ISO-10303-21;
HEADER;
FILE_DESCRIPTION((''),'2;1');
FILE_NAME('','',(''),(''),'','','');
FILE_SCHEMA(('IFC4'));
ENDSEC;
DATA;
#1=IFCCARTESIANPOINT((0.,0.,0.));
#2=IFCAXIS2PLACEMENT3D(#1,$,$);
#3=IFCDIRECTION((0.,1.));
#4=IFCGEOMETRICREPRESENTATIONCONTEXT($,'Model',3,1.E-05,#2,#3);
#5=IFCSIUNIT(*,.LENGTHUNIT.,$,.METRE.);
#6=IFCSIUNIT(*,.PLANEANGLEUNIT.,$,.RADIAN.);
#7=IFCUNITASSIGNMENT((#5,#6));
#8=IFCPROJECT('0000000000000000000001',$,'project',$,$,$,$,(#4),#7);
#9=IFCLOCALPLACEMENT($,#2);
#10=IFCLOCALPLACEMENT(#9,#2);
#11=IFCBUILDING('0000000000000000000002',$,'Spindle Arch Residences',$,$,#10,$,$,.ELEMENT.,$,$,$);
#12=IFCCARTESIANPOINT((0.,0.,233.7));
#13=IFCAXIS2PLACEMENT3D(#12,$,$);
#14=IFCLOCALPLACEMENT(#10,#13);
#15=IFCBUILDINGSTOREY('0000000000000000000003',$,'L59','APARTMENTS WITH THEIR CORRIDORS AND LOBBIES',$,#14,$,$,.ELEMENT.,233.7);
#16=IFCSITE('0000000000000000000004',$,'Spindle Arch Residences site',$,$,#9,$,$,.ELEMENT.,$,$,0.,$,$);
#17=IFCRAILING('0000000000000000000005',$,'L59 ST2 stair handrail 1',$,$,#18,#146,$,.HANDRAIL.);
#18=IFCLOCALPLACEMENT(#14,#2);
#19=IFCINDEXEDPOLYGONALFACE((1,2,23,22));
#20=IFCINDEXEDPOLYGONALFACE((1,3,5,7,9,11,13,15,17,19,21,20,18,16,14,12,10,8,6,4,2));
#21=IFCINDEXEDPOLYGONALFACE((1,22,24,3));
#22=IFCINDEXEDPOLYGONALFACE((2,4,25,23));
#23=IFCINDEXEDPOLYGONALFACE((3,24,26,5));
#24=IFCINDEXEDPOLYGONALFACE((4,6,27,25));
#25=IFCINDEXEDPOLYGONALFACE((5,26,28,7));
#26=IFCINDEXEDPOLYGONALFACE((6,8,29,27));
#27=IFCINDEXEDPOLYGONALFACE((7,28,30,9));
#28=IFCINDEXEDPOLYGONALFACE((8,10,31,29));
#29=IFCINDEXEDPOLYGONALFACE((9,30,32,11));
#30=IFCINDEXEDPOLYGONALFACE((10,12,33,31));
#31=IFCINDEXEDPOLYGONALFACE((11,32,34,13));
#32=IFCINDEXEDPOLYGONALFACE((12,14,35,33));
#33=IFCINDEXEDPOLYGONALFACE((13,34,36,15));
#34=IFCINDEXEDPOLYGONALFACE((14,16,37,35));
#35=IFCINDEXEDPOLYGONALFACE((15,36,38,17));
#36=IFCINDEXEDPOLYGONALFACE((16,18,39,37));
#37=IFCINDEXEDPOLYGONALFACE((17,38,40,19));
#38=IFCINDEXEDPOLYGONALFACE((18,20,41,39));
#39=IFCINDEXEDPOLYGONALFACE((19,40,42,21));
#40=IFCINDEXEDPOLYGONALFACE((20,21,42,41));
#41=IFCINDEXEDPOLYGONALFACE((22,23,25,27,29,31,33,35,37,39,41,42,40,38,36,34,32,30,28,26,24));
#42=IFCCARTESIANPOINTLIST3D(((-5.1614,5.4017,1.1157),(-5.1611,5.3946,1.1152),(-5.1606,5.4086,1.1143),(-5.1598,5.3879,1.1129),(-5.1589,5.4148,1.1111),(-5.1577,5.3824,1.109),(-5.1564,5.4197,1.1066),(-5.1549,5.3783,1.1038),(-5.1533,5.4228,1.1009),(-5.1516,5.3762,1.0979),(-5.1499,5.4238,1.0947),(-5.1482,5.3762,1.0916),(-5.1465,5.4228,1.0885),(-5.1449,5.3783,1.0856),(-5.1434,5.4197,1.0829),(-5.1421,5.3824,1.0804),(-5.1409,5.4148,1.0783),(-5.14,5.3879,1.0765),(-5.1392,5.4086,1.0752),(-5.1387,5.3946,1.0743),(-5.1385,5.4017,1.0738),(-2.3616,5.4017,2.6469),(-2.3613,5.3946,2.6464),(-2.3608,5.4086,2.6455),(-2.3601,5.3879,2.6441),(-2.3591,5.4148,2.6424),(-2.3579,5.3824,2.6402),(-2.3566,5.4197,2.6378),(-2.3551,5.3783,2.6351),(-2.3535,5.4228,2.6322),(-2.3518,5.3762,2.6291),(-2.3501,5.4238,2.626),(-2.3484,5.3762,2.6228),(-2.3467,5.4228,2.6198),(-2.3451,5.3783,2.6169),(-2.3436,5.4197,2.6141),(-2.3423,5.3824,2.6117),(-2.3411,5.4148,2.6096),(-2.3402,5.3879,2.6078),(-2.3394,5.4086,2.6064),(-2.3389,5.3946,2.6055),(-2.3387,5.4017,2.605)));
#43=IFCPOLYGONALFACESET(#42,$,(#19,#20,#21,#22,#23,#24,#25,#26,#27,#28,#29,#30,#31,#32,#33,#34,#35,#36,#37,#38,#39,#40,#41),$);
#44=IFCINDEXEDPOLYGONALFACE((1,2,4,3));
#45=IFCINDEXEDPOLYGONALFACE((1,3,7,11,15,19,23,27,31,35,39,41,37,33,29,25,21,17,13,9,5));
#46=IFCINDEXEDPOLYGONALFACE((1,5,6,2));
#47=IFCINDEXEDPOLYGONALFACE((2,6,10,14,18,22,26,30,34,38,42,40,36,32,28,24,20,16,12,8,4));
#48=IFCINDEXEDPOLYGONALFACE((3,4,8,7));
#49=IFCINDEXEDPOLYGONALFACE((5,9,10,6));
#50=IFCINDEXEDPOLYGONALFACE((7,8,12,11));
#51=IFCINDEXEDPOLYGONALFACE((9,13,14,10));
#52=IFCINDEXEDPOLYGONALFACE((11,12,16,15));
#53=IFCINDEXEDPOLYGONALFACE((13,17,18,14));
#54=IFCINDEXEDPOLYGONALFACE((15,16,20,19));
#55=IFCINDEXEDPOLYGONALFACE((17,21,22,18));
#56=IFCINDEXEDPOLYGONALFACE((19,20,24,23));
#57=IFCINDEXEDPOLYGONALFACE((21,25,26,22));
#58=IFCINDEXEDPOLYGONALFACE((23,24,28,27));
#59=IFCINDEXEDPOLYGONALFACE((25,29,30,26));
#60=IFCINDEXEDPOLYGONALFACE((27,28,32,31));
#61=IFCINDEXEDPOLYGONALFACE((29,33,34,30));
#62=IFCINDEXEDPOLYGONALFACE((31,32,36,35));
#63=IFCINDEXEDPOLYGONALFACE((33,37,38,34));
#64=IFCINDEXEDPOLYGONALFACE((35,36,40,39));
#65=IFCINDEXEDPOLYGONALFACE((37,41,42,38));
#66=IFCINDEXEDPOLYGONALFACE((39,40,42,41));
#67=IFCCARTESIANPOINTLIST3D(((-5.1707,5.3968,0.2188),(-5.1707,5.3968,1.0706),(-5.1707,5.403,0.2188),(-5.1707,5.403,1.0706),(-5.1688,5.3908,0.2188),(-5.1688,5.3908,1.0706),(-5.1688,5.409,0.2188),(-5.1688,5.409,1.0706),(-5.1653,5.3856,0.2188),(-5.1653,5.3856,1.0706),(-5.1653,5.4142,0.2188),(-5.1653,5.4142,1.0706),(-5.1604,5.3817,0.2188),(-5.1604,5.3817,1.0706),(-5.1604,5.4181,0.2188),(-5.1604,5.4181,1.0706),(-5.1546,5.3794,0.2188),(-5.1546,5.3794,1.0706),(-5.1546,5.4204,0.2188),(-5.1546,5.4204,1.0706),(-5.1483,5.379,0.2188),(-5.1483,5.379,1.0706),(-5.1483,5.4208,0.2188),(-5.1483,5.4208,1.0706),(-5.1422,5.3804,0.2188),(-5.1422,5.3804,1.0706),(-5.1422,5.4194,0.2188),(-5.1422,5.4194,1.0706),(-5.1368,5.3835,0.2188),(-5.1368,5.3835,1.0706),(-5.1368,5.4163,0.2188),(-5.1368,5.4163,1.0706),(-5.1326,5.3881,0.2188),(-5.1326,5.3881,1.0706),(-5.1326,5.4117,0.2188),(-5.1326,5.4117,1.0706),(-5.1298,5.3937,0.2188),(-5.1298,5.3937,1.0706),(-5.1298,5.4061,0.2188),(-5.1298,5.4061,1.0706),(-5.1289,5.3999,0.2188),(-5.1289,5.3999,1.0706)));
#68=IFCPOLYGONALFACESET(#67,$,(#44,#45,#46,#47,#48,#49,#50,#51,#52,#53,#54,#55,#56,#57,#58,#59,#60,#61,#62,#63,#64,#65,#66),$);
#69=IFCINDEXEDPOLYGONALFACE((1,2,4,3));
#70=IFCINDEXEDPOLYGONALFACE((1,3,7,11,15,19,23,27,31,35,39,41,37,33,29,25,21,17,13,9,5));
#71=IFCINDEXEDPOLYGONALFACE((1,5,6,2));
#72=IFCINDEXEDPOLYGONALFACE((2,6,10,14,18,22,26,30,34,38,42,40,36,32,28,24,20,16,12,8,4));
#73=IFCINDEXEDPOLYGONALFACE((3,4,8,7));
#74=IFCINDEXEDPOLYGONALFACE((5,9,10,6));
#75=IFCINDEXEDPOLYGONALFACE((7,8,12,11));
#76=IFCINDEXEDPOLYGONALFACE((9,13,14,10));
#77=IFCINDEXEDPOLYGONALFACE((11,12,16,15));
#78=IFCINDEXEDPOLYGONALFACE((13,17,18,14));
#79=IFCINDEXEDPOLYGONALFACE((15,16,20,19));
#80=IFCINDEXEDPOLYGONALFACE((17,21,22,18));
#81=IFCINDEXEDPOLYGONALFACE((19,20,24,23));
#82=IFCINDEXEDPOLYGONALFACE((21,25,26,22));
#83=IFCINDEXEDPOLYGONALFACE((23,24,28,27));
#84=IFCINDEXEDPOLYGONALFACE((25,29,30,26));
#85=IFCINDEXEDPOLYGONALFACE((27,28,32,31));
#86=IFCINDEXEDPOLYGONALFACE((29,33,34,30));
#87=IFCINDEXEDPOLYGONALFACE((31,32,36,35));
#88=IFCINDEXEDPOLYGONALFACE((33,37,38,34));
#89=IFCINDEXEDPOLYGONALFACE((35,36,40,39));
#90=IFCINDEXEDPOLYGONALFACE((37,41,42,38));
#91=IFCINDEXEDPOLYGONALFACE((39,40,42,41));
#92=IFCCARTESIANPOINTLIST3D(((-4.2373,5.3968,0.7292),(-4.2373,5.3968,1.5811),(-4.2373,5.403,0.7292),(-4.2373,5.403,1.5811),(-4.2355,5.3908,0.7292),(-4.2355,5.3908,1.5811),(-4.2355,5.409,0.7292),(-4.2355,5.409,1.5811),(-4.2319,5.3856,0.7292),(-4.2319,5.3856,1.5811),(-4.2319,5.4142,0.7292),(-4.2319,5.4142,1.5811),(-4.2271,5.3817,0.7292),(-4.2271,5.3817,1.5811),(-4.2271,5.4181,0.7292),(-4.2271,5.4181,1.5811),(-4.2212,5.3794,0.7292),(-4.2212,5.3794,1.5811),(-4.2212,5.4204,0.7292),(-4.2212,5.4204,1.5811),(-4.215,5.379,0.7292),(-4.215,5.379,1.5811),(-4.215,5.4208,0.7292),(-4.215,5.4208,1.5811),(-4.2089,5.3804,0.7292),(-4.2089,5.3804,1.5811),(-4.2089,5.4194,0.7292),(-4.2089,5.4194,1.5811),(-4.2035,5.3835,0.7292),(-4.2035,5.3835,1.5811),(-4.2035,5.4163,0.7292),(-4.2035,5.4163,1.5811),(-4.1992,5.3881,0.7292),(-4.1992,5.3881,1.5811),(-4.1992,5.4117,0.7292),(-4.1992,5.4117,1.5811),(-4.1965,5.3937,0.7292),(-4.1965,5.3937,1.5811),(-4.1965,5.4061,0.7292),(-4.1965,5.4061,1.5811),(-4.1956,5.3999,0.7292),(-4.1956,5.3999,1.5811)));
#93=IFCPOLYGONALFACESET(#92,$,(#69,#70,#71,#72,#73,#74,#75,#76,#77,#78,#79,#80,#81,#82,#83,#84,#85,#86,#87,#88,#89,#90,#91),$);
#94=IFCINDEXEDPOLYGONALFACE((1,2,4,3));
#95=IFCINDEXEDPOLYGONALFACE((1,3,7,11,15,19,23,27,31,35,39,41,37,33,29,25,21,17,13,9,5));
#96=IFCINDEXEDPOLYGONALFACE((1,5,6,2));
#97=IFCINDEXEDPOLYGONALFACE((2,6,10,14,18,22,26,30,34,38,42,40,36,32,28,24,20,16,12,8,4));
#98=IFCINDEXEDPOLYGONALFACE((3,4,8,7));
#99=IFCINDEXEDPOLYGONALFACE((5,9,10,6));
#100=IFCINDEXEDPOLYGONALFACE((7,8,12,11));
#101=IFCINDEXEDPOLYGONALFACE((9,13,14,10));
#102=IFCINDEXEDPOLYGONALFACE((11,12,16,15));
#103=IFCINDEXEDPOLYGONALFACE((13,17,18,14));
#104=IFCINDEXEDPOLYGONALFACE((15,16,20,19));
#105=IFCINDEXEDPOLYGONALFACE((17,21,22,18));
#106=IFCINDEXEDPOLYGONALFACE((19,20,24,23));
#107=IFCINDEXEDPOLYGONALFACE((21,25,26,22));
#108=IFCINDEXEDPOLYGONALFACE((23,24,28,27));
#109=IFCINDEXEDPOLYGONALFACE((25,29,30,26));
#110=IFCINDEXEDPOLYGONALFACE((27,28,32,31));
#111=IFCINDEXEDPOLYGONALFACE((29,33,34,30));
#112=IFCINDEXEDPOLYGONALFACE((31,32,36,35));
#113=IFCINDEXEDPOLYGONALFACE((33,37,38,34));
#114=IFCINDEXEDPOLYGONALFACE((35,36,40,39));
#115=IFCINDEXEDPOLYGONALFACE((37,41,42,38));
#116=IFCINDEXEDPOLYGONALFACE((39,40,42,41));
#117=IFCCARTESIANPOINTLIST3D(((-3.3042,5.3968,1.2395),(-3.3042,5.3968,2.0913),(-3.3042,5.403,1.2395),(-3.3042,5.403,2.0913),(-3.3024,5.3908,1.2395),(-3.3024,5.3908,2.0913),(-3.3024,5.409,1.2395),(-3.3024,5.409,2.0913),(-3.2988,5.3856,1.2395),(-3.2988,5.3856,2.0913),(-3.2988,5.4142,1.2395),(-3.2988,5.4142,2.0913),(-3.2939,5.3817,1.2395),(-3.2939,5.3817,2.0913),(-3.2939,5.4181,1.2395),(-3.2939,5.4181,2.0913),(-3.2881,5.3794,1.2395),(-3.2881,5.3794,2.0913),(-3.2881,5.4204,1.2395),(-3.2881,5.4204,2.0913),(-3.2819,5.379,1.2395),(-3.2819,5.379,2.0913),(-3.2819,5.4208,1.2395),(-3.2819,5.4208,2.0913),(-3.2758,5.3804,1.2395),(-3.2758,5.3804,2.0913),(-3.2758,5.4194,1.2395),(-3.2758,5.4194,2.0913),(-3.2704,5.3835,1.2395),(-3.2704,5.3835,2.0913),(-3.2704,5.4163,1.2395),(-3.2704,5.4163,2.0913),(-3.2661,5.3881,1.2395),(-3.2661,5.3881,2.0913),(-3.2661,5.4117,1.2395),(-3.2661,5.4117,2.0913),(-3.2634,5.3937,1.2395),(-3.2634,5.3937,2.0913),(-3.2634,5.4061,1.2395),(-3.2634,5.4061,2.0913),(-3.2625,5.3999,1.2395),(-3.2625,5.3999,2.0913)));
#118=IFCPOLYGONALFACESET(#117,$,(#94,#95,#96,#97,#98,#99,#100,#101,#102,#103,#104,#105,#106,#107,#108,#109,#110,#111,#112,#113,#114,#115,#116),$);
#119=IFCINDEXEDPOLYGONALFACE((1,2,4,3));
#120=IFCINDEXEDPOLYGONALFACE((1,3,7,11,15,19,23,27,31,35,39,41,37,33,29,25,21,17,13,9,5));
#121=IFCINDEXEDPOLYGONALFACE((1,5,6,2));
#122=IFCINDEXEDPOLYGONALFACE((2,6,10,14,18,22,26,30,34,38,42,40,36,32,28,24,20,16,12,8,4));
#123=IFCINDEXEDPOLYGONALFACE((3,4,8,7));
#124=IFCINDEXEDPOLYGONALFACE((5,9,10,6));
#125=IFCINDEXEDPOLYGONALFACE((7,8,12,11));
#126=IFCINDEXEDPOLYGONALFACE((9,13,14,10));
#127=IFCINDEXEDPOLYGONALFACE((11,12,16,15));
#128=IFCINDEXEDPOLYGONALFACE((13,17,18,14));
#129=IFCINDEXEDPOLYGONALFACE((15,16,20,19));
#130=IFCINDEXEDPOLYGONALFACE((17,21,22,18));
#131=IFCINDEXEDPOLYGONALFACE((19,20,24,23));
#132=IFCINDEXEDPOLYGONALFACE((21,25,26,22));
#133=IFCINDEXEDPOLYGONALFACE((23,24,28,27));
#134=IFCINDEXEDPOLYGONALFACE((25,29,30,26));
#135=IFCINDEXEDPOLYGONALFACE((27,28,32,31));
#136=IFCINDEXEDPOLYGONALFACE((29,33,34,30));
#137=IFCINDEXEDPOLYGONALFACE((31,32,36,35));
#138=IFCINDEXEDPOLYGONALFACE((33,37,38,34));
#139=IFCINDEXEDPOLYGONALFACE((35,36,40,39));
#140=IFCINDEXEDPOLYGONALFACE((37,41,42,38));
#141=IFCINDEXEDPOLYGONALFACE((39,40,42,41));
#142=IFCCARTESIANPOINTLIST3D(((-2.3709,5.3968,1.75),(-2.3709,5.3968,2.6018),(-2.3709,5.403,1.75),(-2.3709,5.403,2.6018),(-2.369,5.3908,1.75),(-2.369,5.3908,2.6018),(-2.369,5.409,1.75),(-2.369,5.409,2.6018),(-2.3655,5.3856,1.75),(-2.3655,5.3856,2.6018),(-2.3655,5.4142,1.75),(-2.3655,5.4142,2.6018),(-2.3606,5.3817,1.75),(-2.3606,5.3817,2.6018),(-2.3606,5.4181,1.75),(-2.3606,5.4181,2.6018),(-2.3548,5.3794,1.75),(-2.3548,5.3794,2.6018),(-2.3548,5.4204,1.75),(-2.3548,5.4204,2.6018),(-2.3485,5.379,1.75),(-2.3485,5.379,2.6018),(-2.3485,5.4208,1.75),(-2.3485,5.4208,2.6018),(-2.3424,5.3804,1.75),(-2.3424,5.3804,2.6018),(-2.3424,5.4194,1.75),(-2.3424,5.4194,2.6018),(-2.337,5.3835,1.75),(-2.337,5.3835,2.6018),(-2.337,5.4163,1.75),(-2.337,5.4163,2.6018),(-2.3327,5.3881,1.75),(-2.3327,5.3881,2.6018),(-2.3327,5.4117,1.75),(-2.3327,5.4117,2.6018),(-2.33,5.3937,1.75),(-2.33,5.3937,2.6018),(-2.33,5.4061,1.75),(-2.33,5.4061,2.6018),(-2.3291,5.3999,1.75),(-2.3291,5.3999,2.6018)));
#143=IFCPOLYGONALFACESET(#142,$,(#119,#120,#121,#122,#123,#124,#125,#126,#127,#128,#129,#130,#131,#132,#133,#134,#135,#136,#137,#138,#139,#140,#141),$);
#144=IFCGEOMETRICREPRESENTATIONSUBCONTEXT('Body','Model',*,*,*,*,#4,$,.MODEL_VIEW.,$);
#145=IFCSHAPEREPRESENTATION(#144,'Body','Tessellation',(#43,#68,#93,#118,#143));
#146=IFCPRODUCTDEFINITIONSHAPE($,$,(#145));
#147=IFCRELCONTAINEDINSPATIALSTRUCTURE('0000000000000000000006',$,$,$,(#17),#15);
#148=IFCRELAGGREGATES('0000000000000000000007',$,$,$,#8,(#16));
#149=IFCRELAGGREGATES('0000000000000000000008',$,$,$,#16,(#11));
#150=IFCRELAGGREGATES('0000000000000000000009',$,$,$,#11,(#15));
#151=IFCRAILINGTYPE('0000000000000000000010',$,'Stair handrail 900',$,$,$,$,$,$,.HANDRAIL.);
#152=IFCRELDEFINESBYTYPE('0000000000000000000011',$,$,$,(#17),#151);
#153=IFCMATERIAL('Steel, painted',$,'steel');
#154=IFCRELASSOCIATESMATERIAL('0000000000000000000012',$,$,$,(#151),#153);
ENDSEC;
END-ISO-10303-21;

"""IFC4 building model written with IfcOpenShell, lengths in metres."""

from ifc_helpers import new_model, si_unit, direction, frame, origin, origin_2d, place, context, subcontext, project, spatial, circle, extrude, material, type_object, element, save


model = new_model("IFC4")

# Units and contexts
model_context = context("Model", 3, precision=1e-05, world=origin(), true_north=direction((0.0, 1.0)))
body_context = subcontext(model_context, "Body", "Model", "MODEL_VIEW")
ifc_project = project(units=[si_unit("LENGTHUNIT", "METRE"), si_unit("PLANEANGLEUNIT", "RADIAN")], contexts=[model_context])

# Site, building, storey
site_placement = place(None, origin())
site = spatial("IfcSite", under=ifc_project, at=site_placement, Name="Spindle Arch Residences site", CompositionType="ELEMENT", RefElevation=0.0)
building_placement = place(site_placement, origin())
building = spatial("IfcBuilding", under=site, at=building_placement, Name="Spindle Arch Residences", CompositionType="ELEMENT")
storey_placement = place(building_placement, frame((0.0, 0.0, 233.7)))
storey = spatial("IfcBuildingStorey", under=building, at=storey_placement, Name="L59", Description="APARTMENTS WITH THEIR CORRIDORS AND LOBBIES", CompositionType="ELEMENT", Elevation=233.7)

# Railing
ifc_material_1 = material(Name="Steel, painted", Category="steel")
railing_type_1 = type_object("IfcRailingType", Name="Stair handrail 900", PredefinedType="HANDRAIL", material=ifc_material_1)
railing_1_placement = place(storey_placement, frame((-5.1499, 5.3999, 0.2188)))
element("IfcRailing", 1, at=railing_1_placement, inside=storey, type_object=railing_type_1, Name="L59 ST2 stair handrail 1", PredefinedType="HANDRAIL", context=body_context, shape_type="SweptSolid", body=[
    extrude(circle(Radius=0.0239, at=origin_2d()), frame((0.0, 0.0, 0.876), z_axis=(0.877357, 0.0, 0.479838), x_axis=(0.0, 1.0, 0.0)), (0.0, 0.0, 1.0), 3.1912),
    extrude(circle(Radius=0.021, at=origin_2d()), origin(), (0.0, 0.0, 1.0), 0.8518),
    extrude(circle(Radius=0.021, at=origin_2d()), frame((0.9333, 0.0, 0.5105)), (0.0, 0.0, 1.0), 0.8518),
    extrude(circle(Radius=0.021, at=origin_2d()), frame((1.8665, 0.0, 1.0208)), (0.0, 0.0, 1.0), 0.8518),
    extrude(circle(Radius=0.021, at=origin_2d()), frame((2.7998, 0.0, 1.5312)), (0.0, 0.0, 1.0), 0.8518),
])

save(model, "model.ifc")
